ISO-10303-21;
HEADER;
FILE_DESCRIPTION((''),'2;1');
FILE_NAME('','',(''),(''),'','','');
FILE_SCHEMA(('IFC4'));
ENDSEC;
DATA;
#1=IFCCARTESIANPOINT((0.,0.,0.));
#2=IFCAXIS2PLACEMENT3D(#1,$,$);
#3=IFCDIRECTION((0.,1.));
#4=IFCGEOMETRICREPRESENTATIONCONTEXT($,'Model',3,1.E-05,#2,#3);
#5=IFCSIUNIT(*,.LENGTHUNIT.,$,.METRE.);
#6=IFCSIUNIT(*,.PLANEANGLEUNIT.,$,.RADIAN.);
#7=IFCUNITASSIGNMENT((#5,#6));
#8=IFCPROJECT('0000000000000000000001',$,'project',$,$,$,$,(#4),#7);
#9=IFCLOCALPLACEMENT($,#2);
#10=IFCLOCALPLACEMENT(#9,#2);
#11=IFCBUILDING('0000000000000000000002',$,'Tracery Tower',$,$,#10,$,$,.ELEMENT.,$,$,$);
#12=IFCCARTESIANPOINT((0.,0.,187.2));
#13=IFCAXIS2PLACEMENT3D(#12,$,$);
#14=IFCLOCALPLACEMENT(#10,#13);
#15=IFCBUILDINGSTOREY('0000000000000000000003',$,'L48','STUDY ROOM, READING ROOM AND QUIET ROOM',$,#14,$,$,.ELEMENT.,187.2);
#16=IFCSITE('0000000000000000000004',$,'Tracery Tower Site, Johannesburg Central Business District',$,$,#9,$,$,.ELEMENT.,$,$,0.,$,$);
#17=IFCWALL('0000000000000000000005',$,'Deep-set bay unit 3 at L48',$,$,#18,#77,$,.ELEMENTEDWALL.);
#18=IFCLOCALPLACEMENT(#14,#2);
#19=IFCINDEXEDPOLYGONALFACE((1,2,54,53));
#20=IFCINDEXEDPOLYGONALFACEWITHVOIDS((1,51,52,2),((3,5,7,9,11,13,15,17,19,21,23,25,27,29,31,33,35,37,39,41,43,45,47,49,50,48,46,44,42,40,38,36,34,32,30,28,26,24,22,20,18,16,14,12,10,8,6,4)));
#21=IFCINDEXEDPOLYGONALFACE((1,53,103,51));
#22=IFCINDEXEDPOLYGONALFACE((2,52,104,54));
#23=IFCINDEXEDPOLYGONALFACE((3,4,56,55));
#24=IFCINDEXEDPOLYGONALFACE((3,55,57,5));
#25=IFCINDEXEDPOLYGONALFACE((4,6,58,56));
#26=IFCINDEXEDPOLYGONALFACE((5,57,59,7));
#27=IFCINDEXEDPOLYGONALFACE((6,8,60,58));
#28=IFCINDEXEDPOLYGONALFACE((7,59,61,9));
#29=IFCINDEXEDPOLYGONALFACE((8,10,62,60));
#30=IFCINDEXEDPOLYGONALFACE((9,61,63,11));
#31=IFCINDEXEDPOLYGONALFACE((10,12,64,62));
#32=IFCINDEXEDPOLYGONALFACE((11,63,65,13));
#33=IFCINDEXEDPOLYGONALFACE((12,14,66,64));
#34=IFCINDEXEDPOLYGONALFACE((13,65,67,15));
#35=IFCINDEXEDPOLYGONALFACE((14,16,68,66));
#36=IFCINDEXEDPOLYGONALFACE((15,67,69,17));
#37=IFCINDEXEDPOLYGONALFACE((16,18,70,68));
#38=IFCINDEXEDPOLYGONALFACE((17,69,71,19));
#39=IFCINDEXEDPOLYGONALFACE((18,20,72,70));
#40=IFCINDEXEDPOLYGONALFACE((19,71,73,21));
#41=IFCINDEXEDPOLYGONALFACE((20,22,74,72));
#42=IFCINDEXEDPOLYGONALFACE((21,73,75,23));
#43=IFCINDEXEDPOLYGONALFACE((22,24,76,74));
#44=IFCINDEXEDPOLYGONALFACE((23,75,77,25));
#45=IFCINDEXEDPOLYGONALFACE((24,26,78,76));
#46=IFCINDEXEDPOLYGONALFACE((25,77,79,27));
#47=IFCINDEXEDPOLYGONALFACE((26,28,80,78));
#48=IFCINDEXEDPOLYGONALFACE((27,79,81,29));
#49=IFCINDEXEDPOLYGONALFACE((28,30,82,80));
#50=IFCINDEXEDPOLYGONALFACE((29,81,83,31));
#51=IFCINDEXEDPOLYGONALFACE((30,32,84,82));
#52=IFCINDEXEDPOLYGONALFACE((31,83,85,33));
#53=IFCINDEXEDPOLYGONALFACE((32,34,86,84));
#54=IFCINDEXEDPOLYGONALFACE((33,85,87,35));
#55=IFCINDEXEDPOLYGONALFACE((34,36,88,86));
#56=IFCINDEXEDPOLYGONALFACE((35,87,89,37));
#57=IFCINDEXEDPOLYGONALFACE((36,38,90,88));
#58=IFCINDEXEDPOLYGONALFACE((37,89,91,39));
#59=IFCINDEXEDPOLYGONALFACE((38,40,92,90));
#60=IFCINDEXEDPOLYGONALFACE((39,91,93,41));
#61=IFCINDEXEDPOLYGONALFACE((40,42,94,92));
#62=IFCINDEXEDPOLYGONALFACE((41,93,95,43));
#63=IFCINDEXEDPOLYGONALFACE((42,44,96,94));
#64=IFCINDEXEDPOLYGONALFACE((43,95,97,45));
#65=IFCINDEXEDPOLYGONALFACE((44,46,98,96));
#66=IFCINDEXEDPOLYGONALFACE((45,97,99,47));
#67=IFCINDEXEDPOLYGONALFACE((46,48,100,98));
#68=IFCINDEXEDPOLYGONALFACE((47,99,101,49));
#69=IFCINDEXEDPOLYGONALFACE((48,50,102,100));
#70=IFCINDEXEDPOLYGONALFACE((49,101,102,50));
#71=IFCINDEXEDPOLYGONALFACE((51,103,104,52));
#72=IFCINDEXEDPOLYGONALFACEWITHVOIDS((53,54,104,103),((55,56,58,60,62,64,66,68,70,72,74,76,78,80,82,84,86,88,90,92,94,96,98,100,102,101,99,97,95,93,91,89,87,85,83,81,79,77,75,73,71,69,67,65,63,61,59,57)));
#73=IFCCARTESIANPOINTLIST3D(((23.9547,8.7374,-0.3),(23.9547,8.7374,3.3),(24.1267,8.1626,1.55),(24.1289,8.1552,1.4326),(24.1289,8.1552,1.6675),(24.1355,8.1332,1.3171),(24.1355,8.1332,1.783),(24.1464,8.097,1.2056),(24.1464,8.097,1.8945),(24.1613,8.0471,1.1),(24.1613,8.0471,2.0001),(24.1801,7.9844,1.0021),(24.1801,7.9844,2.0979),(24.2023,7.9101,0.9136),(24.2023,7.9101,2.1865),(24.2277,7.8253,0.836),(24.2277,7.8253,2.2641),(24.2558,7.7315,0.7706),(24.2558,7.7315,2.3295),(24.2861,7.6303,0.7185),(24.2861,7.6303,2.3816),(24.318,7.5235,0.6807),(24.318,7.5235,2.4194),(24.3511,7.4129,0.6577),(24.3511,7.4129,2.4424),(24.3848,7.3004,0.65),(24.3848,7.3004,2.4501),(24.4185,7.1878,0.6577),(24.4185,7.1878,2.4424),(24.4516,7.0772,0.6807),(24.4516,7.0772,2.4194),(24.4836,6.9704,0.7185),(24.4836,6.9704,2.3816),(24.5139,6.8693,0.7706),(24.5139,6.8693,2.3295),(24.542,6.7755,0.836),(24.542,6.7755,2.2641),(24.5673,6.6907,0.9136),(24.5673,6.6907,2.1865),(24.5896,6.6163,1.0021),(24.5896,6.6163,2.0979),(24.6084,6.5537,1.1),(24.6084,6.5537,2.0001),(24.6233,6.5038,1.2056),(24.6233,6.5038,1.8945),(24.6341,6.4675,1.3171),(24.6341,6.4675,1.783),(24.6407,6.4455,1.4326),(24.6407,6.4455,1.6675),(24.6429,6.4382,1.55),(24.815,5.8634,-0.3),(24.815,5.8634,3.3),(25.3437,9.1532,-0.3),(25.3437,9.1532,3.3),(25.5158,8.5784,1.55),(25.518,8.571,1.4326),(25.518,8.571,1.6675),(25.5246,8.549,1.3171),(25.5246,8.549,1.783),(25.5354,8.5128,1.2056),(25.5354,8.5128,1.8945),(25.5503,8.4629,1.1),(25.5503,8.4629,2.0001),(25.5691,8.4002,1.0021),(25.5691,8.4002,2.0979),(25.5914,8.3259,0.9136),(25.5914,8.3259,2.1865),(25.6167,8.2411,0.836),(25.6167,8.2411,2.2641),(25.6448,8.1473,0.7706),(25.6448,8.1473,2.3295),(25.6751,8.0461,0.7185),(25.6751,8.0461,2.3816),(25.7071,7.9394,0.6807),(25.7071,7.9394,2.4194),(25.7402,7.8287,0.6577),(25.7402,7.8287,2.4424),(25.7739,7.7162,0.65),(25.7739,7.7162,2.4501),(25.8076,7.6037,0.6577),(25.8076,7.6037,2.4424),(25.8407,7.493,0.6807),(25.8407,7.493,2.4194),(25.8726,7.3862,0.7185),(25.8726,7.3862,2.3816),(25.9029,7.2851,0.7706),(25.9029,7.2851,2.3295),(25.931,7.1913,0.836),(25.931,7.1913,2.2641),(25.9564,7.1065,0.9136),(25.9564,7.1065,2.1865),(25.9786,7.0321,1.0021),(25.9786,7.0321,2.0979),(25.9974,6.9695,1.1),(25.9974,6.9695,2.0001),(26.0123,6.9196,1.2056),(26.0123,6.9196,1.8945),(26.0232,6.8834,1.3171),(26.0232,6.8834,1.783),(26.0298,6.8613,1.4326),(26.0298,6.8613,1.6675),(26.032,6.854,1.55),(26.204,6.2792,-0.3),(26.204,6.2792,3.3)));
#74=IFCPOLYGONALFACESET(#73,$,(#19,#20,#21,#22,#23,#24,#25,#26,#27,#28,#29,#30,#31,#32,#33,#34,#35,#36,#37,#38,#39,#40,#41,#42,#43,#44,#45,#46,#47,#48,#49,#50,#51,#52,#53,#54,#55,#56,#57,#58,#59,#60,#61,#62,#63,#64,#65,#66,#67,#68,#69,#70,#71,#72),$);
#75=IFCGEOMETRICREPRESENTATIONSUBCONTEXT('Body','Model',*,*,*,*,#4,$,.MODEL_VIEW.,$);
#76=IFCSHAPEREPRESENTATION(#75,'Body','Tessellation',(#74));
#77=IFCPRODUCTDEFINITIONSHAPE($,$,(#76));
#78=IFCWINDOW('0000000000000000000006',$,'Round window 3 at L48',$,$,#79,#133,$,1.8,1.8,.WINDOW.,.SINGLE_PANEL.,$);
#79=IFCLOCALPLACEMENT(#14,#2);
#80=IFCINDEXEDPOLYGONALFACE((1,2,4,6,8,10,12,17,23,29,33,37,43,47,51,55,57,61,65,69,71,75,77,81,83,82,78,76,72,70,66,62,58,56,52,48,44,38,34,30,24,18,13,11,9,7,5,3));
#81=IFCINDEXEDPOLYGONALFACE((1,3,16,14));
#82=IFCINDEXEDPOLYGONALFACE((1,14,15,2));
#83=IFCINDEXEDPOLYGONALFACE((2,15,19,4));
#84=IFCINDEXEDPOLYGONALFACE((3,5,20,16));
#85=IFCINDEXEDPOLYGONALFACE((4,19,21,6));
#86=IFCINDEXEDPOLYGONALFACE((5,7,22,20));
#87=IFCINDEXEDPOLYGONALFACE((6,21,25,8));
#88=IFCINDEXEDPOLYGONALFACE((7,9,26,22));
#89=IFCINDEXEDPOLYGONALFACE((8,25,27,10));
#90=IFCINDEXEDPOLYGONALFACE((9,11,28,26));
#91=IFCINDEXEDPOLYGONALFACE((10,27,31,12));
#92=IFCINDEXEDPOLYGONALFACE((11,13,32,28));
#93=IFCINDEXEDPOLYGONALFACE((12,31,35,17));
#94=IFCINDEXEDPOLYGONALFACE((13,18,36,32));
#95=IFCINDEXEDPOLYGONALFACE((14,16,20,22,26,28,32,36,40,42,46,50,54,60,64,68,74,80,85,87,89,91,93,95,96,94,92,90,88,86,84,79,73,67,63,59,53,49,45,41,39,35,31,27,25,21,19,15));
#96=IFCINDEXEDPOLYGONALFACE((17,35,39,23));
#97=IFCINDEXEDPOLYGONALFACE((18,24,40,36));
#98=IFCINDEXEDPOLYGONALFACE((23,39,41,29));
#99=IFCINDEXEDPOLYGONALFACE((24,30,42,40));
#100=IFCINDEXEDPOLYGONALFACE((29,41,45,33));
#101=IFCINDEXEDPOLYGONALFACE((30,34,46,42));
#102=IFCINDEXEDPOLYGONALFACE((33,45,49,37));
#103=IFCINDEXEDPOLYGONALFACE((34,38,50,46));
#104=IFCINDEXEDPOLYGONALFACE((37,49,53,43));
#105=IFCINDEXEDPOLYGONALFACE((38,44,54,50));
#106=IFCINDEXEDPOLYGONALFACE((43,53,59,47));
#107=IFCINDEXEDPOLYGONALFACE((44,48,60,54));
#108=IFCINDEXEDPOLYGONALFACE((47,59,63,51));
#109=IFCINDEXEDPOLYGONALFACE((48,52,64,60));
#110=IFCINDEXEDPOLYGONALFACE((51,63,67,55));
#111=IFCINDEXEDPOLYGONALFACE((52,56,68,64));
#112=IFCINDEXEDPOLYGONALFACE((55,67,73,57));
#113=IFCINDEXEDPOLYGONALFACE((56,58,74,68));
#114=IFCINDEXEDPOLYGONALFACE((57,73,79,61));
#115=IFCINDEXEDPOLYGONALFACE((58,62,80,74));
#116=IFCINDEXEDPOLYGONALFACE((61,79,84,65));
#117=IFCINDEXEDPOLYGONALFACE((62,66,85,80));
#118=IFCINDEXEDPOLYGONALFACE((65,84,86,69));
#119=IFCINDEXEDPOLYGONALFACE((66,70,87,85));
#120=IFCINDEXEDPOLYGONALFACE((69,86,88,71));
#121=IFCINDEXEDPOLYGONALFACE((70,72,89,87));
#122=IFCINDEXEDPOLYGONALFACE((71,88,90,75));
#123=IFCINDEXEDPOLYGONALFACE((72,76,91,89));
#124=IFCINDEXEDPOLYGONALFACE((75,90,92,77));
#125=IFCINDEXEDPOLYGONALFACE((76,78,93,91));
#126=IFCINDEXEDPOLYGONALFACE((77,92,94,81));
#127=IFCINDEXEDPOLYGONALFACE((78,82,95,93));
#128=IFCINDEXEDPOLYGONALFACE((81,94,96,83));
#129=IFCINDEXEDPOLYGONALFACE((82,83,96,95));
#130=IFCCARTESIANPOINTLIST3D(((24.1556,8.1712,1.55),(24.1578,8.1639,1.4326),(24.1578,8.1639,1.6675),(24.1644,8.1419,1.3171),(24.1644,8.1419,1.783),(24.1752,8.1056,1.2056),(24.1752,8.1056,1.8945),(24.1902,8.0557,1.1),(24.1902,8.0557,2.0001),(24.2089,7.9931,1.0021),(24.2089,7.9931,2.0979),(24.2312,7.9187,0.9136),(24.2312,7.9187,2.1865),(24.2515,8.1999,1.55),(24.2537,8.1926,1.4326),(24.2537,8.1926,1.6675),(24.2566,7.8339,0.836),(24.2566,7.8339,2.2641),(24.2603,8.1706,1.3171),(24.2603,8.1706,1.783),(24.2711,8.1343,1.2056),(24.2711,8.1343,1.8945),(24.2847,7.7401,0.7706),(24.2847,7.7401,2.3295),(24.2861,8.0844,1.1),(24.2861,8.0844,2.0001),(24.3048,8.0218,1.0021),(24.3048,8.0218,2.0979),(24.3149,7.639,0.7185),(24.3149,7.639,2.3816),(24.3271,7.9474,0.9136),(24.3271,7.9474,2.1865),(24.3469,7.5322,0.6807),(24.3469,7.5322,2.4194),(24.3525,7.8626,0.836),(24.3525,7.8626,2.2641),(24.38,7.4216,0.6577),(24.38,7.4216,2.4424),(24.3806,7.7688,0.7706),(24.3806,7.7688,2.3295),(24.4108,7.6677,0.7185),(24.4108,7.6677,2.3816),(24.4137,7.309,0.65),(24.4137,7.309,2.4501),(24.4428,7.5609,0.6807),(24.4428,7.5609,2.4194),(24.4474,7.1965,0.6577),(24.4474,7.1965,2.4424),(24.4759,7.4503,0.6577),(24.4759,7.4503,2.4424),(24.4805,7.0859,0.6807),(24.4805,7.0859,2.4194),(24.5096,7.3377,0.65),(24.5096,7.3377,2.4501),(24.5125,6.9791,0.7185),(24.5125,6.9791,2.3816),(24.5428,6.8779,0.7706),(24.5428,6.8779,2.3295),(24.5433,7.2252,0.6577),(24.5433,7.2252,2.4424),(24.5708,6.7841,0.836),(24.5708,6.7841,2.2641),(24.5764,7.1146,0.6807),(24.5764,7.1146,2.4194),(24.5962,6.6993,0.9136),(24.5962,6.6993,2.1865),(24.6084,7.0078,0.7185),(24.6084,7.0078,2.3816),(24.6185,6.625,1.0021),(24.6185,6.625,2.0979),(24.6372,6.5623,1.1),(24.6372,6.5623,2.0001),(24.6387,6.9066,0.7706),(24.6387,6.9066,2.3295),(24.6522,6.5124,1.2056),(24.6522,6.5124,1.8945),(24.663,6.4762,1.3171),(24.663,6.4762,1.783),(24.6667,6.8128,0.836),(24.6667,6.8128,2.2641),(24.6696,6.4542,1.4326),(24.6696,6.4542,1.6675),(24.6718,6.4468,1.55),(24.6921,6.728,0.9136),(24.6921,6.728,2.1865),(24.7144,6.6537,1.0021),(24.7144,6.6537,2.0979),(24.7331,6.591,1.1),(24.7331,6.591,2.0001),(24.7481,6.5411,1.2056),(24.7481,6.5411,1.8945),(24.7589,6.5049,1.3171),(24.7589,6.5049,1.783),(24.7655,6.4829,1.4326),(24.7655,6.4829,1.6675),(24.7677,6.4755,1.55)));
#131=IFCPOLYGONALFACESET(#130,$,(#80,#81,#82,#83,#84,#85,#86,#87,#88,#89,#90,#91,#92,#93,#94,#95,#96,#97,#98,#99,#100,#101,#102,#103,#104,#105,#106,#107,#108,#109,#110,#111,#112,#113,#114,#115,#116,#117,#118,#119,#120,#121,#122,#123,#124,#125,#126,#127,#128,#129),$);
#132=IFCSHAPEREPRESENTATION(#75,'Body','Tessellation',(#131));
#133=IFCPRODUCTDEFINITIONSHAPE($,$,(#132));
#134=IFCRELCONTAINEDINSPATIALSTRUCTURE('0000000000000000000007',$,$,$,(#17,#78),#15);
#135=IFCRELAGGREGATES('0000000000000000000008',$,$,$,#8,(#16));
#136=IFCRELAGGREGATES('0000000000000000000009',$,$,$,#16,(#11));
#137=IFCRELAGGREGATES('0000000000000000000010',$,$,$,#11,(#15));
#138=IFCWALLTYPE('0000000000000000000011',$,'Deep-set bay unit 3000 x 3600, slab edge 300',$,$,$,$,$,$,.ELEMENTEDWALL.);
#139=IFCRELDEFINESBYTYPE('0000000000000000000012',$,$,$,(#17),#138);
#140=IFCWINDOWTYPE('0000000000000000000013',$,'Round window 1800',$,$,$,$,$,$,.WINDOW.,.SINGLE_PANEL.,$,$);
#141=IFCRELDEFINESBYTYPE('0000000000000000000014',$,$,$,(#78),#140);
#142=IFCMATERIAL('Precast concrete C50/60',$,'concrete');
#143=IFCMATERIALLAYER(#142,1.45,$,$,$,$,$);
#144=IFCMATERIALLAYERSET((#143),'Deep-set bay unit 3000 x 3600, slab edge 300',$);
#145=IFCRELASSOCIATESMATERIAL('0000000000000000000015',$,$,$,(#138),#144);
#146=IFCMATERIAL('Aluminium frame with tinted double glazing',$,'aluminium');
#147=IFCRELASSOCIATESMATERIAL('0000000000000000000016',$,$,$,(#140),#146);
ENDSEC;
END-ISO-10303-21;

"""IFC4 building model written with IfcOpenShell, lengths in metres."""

from ifc_helpers import new_model, si_unit, direction, frame, frame_2d, origin, origin_2d, place, context, subcontext, project, spatial, rectangle, circle, extrude, material, layer, layer_set, type_object, element, fill, save


model = new_model("IFC4")

# Units and contexts
model_context = context("Model", 3, precision=1e-05, world=origin(), true_north=direction((0.0, 1.0)))
body_context = subcontext(model_context, "Body", "Model", "MODEL_VIEW")
ifc_project = project(units=[si_unit("LENGTHUNIT", "METRE"), si_unit("PLANEANGLEUNIT", "RADIAN")], contexts=[model_context])

# Site, building, storey
site_placement = place(None, origin())
site = spatial("IfcSite", under=ifc_project, at=site_placement, Name="Tracery Tower Site, Johannesburg Central Business District", CompositionType="ELEMENT", RefElevation=0.0)
building_placement = place(site_placement, origin())
building = spatial("IfcBuilding", under=site, at=building_placement, Name="Tracery Tower", CompositionType="ELEMENT")
storey_placement = place(building_placement, frame((0.0, 0.0, 187.2)))
storey = spatial("IfcBuildingStorey", under=building, at=storey_placement, Name="L48", Description="STUDY ROOM, READING ROOM AND QUIET ROOM", CompositionType="ELEMENT", Elevation=187.2)

# Wall, opening, window
ifc_material_1 = material(Name="Precast concrete C50/60", Category="concrete")
ifc_layer_1 = layer(ifc_material_1, 1.45)
ifc_layer_set_1 = layer_set([ifc_layer_1], Name="Deep-set bay unit 3000 x 3600, slab edge 300")
wall_type_1 = type_object("IfcWallType", Name="Deep-set bay unit 3000 x 3600, slab edge 300", PredefinedType="ELEMENTEDWALL", material=ifc_layer_set_1)
wall_1_placement = place(storey_placement, frame((25.5095, 6.0713, -0.3), z_axis=(0.0, 0.0, 1.0), x_axis=(-0.28678, 0.957996, 0.0)))
wall_1 = element("IfcWall", 1, at=wall_1_placement, inside=storey, type_object=wall_type_1, Name="Deep-set bay unit 3 at L48", PredefinedType="ELEMENTEDWALL", context=body_context, shape_type="SweptSolid", body=[
    extrude(rectangle(XDim=3.0, YDim=1.45, at=frame_2d((1.5, 0.0))), origin(), (0.0, 0.0, 1.0), 3.6001),
])
opening_1_placement = place(wall_1_placement, frame((1.5, 0.0, 1.8501)))
opening_1 = element("IfcOpeningElement", 2, at=opening_1_placement, cuts=wall_1, PredefinedType="OPENING", context=body_context, shape_type="SweptSolid", body=[
    extrude(circle(Radius=0.9, at=origin_2d()), frame((0.0, 0.7349, 0.0), z_axis=(0.0, -1.0, 0.0), x_axis=(1.0, 0.0, 0.0)), (0.0, 0.0, 1.0), 1.47),
])
ifc_material_2 = material(Name="Aluminium frame with tinted double glazing", Category="aluminium")
window_type = type_object("IfcWindowType", Name="Round window 1800", PartitioningType="SINGLE_PANEL", PredefinedType="WINDOW", material=ifc_material_2)
window_1_placement = place(opening_1_placement, origin())
window_1 = element("IfcWindow", 3, at=window_1_placement, inside=storey, type_object=window_type, Name="Round window 3 at L48", OverallHeight=1.8, OverallWidth=1.8, PartitioningType="SINGLE_PANEL", PredefinedType="WINDOW", context=body_context, shape_type="SweptSolid", body=[
    extrude(circle(Radius=0.9, at=origin_2d()), frame((0.0, 0.6948, 0.0), z_axis=(0.0, -1.0, 0.0), x_axis=(1.0, 0.0, 0.0)), (0.0, 0.0, 1.0), 0.1001),
])
fill(opening_1, window_1)

save(model, "model.ifc")
